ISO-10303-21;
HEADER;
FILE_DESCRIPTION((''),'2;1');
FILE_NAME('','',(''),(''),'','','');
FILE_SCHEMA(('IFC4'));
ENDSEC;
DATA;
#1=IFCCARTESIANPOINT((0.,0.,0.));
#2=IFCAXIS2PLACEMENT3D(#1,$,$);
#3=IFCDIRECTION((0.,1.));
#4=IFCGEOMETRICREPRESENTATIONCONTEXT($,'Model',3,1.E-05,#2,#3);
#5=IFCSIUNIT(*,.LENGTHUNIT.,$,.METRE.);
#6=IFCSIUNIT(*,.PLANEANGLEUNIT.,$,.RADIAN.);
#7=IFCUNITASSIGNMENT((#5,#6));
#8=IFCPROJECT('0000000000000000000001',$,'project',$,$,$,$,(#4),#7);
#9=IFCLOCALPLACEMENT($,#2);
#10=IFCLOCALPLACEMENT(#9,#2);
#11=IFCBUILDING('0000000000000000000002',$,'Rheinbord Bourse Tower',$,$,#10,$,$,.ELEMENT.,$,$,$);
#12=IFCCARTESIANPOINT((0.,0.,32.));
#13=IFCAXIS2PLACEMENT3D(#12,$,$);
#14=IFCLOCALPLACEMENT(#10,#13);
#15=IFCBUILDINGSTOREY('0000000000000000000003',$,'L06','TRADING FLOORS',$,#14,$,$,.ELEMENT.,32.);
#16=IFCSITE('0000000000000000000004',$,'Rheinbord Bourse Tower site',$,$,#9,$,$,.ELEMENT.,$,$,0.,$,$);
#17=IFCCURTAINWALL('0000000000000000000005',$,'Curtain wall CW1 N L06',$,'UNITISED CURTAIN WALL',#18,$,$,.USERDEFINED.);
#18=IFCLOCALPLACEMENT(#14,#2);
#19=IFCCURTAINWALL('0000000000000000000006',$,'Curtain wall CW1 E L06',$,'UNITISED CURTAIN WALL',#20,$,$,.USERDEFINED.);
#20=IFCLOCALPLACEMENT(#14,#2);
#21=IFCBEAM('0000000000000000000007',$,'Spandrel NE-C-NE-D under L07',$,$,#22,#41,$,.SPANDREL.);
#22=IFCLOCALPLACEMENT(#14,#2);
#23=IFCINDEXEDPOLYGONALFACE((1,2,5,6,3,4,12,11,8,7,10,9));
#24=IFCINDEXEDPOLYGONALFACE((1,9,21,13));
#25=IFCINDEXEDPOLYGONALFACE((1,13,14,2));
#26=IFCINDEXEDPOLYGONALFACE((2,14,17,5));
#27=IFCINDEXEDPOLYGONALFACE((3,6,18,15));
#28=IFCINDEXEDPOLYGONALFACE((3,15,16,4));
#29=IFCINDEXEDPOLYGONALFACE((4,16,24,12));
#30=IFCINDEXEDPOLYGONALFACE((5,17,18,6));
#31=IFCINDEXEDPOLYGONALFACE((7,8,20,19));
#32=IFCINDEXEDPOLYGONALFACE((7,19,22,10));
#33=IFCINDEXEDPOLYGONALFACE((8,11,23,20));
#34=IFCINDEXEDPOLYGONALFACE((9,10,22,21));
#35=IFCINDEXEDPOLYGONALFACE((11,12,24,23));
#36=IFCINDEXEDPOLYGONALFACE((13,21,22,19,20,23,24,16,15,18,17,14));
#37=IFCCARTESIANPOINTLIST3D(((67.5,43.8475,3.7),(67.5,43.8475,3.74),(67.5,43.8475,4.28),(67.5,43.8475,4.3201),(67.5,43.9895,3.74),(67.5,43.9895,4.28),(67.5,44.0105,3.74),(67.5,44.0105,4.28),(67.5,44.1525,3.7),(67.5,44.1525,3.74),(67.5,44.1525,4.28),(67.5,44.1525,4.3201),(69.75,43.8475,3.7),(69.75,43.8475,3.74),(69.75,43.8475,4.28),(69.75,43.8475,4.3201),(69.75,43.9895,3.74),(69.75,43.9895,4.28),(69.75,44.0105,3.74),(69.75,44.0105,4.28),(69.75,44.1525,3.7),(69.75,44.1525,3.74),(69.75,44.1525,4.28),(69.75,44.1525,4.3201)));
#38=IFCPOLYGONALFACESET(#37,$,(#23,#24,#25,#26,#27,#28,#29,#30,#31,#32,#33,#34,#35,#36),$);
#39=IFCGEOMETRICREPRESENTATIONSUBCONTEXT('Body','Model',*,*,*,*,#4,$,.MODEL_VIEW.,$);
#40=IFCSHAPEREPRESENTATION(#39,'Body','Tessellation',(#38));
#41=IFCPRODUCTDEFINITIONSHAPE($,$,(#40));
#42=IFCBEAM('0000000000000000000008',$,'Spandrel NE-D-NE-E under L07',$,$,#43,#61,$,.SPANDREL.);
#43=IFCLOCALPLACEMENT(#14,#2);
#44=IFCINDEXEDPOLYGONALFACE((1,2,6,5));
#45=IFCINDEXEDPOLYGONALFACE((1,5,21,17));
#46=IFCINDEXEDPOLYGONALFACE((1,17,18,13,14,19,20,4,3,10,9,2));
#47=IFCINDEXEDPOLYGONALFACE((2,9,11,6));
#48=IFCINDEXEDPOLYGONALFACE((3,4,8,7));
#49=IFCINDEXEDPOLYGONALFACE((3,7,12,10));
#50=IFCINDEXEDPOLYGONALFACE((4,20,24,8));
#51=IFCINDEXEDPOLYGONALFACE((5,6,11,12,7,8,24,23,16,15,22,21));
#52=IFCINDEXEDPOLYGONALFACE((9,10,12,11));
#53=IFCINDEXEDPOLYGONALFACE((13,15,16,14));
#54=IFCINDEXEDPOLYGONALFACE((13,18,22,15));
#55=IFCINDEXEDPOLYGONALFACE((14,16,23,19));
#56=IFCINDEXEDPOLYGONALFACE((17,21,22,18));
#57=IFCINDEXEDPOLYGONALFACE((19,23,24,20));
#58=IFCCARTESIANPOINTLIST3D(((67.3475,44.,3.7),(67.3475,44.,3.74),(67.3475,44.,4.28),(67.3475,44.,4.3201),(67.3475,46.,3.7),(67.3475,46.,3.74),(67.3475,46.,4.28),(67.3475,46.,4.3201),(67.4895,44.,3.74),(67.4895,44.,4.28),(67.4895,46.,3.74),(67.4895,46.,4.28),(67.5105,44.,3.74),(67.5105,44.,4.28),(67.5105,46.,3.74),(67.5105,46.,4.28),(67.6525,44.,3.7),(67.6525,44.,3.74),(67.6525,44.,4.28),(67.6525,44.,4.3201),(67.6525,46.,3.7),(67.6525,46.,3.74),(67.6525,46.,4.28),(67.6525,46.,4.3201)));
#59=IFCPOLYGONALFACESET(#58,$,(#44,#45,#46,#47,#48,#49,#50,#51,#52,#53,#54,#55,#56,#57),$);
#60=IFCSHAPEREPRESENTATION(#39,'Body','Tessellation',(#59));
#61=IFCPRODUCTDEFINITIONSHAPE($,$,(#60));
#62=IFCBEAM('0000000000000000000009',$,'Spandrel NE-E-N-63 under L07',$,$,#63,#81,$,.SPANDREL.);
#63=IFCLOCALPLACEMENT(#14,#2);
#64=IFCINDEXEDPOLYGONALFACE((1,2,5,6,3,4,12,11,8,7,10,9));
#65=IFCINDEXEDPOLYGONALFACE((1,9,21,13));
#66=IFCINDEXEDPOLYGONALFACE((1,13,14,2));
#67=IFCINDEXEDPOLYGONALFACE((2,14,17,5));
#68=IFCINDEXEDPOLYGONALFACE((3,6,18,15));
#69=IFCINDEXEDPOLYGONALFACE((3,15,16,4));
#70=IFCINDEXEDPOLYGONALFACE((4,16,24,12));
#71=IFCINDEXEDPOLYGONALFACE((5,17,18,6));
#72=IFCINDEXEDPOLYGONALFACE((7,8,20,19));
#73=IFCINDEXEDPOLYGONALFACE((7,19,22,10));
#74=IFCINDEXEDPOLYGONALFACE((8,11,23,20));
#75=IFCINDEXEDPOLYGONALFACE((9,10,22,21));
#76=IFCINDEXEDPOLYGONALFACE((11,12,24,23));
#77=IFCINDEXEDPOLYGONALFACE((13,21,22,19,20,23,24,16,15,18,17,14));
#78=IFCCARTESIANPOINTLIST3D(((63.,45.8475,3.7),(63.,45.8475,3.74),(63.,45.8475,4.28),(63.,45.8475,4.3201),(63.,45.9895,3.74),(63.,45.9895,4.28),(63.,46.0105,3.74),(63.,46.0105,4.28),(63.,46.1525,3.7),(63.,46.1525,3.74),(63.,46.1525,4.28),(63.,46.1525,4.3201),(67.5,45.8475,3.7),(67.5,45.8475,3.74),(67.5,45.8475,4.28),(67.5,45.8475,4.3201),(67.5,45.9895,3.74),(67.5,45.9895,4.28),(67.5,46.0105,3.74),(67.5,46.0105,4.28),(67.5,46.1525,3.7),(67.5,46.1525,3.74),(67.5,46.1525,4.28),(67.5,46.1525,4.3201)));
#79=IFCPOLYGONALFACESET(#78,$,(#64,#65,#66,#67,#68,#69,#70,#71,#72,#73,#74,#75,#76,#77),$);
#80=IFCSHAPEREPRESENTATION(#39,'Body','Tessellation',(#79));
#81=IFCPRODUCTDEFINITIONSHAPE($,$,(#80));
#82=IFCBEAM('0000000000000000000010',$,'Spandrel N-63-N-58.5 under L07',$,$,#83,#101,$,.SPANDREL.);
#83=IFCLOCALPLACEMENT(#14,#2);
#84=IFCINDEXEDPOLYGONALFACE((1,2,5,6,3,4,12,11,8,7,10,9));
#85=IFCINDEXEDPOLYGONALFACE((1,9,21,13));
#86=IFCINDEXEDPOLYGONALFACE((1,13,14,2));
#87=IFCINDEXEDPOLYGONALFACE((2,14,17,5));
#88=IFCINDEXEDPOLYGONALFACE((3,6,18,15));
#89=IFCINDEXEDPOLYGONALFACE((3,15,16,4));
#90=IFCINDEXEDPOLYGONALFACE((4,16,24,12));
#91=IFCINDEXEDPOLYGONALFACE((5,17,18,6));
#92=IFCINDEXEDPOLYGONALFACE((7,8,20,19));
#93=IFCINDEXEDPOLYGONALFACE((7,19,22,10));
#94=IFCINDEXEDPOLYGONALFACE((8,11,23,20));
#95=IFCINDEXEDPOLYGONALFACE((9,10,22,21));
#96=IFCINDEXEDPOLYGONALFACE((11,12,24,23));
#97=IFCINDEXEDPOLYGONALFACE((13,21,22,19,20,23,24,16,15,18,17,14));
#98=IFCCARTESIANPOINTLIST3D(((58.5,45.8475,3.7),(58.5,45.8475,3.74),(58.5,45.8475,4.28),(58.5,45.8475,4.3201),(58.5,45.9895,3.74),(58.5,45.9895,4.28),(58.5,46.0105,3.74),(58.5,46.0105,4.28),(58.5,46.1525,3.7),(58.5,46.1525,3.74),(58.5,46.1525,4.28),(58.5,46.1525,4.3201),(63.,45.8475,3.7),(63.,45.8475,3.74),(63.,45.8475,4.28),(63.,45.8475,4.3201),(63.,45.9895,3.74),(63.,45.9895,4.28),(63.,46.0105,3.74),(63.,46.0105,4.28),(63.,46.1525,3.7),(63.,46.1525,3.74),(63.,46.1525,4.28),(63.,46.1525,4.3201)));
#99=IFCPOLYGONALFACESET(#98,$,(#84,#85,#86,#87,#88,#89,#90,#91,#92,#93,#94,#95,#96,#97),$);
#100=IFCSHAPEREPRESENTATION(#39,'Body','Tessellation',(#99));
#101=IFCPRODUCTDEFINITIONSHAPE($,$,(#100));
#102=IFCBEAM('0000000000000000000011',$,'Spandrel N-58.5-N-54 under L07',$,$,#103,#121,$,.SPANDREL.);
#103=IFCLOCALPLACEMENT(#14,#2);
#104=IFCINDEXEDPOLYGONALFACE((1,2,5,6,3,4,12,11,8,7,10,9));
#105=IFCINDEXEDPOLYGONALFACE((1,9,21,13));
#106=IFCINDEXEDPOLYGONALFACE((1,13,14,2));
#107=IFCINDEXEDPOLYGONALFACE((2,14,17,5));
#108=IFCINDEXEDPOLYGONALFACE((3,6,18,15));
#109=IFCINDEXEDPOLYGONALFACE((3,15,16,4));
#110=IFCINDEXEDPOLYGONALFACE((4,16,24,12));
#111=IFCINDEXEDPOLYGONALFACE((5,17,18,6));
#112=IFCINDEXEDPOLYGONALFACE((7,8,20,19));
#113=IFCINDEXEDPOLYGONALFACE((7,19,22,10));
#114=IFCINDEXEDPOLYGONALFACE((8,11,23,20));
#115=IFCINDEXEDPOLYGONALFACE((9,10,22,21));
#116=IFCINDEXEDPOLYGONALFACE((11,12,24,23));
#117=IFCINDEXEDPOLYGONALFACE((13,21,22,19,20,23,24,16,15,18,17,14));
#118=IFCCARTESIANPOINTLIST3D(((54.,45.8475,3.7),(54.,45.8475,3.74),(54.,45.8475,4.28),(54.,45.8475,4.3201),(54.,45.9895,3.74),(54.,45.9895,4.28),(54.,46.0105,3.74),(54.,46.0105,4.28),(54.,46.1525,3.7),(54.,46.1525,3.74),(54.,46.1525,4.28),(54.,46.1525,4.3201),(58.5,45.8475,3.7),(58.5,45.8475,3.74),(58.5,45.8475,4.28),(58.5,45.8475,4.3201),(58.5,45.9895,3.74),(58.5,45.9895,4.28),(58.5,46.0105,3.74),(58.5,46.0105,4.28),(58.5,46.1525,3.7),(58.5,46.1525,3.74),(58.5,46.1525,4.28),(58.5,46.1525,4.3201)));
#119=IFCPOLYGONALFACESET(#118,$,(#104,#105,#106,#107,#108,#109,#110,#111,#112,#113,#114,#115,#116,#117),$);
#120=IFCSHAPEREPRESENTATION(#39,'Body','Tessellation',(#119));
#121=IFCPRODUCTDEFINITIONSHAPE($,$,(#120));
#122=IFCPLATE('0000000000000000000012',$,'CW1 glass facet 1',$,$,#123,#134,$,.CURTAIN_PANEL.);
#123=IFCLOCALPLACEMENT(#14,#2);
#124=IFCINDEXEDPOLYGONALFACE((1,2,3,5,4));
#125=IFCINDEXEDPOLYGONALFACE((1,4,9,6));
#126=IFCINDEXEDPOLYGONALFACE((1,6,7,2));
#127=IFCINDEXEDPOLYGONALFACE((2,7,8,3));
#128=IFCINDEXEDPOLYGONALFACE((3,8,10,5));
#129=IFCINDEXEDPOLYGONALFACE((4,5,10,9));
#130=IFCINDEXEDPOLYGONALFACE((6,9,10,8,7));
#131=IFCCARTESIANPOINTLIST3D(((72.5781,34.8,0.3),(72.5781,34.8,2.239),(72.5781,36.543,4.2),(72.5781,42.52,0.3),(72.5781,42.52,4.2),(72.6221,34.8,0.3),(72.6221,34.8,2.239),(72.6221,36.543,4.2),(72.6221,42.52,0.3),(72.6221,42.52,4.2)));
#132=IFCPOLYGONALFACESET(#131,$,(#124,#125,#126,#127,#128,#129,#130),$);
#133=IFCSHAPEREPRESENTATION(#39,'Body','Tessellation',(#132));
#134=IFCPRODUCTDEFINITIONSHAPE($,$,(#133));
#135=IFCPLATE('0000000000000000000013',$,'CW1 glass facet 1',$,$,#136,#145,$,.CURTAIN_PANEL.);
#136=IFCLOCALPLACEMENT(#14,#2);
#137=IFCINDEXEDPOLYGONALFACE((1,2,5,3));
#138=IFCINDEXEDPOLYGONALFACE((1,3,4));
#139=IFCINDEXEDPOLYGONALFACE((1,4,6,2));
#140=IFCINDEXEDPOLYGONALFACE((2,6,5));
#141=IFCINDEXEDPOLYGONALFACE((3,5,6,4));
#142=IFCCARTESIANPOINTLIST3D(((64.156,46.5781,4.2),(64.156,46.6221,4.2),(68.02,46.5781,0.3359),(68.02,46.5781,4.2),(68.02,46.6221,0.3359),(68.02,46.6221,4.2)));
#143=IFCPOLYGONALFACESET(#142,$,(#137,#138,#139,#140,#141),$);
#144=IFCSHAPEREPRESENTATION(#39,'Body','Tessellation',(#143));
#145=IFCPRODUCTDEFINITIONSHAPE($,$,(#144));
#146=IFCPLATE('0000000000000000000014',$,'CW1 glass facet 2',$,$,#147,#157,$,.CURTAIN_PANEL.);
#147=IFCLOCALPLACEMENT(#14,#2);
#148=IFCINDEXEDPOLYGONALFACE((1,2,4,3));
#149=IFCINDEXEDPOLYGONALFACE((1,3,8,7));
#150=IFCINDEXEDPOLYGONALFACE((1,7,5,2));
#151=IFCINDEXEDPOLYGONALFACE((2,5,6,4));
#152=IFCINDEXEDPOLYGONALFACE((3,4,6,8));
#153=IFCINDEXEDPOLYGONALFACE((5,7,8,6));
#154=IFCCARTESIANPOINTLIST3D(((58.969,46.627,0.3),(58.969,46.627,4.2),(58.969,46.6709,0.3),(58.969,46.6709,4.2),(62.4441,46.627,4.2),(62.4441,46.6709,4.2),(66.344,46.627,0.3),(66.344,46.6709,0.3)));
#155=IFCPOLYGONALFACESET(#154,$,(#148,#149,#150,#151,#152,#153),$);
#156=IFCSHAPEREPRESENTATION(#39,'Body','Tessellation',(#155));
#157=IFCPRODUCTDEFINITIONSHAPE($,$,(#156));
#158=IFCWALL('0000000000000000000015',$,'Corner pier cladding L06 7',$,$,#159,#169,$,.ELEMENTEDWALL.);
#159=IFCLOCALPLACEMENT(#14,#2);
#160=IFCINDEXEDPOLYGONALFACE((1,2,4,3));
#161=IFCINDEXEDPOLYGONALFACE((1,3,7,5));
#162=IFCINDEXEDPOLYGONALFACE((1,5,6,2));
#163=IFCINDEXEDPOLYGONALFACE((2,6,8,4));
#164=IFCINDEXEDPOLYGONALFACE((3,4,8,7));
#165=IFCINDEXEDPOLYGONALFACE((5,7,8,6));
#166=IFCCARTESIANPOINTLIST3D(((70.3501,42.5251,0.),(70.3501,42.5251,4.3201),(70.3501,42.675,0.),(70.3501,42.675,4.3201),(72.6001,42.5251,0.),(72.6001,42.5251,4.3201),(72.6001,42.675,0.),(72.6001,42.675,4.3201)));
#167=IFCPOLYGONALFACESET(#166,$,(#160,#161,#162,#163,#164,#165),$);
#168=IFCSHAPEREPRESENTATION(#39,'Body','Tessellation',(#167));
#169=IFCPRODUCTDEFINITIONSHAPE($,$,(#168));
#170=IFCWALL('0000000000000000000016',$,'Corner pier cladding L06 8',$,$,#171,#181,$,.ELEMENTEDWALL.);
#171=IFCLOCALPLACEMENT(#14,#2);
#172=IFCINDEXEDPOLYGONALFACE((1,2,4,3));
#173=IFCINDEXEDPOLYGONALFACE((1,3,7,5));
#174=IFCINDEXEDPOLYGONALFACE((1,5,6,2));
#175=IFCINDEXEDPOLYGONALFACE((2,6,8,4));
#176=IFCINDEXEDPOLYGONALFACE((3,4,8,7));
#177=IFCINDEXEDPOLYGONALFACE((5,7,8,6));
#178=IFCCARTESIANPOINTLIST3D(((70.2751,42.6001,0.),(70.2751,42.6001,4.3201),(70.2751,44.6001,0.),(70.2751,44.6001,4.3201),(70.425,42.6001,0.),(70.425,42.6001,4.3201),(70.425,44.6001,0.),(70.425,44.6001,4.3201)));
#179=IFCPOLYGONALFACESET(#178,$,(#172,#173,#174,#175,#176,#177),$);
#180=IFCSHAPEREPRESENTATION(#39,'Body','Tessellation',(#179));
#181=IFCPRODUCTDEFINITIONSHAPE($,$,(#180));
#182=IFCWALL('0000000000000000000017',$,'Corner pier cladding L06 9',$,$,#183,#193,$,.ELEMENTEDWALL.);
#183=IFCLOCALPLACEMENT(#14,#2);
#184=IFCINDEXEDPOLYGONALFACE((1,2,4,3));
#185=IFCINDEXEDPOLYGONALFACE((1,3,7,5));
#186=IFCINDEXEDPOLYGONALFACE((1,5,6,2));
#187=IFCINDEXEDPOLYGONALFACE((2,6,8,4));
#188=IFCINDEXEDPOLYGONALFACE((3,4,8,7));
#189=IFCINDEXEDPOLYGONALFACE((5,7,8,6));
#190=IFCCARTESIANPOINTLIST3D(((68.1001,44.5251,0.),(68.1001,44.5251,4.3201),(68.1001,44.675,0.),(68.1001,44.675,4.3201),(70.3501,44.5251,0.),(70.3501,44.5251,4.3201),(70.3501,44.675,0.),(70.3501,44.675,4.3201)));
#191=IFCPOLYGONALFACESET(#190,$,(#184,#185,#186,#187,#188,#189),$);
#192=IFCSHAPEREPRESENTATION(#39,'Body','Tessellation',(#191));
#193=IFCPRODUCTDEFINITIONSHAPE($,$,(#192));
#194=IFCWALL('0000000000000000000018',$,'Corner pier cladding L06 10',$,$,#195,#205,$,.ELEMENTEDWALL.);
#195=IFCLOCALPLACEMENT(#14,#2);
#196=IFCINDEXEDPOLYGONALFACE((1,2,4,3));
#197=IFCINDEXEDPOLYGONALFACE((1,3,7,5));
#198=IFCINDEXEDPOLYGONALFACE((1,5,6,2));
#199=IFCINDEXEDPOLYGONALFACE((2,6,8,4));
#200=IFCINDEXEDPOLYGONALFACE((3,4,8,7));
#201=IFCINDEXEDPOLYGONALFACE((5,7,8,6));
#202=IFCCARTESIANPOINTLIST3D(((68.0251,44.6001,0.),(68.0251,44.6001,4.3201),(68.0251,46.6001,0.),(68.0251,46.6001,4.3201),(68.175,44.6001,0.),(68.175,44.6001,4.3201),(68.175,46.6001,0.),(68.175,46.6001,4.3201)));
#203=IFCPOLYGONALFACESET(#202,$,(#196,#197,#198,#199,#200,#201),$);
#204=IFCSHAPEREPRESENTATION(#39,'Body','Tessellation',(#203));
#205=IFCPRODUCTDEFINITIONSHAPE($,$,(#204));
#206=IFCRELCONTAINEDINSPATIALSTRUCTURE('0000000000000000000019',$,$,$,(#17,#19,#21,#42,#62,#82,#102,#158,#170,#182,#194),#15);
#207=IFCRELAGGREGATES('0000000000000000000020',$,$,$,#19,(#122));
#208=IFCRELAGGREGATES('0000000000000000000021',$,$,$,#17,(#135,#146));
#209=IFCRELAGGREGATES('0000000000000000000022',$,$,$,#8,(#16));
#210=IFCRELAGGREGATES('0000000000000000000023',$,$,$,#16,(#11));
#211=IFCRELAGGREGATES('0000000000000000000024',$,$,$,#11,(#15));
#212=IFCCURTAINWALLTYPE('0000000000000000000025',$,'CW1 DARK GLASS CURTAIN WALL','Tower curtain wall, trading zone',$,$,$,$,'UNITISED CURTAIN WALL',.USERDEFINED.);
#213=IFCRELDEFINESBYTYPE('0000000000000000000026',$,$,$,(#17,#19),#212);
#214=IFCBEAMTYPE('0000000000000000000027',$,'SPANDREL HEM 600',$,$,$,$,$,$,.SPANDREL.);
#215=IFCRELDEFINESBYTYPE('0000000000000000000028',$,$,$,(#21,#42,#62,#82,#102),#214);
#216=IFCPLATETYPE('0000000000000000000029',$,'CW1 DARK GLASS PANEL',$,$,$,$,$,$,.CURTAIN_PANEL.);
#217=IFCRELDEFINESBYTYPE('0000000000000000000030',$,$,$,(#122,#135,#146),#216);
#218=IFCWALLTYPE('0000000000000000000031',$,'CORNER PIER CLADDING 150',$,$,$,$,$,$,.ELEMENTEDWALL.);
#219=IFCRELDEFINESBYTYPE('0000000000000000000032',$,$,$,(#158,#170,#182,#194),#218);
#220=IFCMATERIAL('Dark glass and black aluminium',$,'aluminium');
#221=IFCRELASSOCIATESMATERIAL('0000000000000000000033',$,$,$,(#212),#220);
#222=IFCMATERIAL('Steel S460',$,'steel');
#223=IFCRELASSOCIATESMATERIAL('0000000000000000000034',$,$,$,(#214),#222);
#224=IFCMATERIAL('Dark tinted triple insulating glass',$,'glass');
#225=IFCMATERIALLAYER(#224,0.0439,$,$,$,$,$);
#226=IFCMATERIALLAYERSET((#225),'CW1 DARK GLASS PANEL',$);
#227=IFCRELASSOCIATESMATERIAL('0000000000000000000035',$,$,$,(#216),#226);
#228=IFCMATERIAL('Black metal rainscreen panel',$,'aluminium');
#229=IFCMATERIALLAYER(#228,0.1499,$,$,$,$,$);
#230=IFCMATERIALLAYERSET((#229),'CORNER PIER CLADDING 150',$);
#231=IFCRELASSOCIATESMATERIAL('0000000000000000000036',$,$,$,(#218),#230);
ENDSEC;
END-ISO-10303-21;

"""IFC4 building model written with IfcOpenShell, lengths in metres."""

from ifc_helpers import new_model, si_unit, direction, frame, frame_2d, origin, origin_2d, place, context, subcontext, project, spatial, polyline, rectangle, i_section, outline, extrude, material, layer, layer_set, material_profile, profile_set, type_object, element, aggregate, save


model = new_model("IFC4")

# Units and contexts
model_context = context("Model", 3, precision=1e-05, world=origin(), true_north=direction((0.0, 1.0)))
body_context = subcontext(model_context, "Body", "Model", "MODEL_VIEW")
ifc_project = project(units=[si_unit("LENGTHUNIT", "METRE"), si_unit("PLANEANGLEUNIT", "RADIAN")], contexts=[model_context])

# Site, building, storey
site_placement = place(None, origin())
site = spatial("IfcSite", under=ifc_project, at=site_placement, Name="Rheinbord Bourse Tower site", CompositionType="ELEMENT", RefElevation=0.0)
building_placement = place(site_placement, origin())
building = spatial("IfcBuilding", under=site, at=building_placement, Name="Rheinbord Bourse Tower", CompositionType="ELEMENT")
storey_placement = place(building_placement, frame((0.0, 0.0, 32.0)))
storey = spatial("IfcBuildingStorey", under=building, at=storey_placement, Name="L06", Description="TRADING FLOORS", CompositionType="ELEMENT", Elevation=32.0)

# Curtain walls
ifc_material_1 = material(Name="Dark glass and black aluminium", Category="aluminium")
curtain_wall_type = type_object("IfcCurtainWallType", Name="CW1 DARK GLASS CURTAIN WALL", Description="Tower curtain wall, trading zone", ElementType="UNITISED CURTAIN WALL", PredefinedType="USERDEFINED", material=ifc_material_1)
curtain_wall_1_placement = place(storey_placement, origin())
curtain_wall_1 = element("IfcCurtainWall", 1, at=curtain_wall_1_placement, inside=storey, type_object=curtain_wall_type, Name="Curtain wall CW1 N L06", ObjectType="UNITISED CURTAIN WALL", PredefinedType="USERDEFINED")
curtain_wall_2_placement = place(storey_placement, origin())
curtain_wall_2 = element("IfcCurtainWall", 2, at=curtain_wall_2_placement, inside=storey, type_object=curtain_wall_type, Name="Curtain wall CW1 E L06", ObjectType="UNITISED CURTAIN WALL", PredefinedType="USERDEFINED")

# Beams
ifc_material_2 = material(Name="Steel S460", Category="steel")
ifc_material_profile_1 = material_profile(ifc_material_2, i_section(OverallWidth=0.3049, OverallDepth=0.6201, WebThickness=0.021, FlangeThickness=0.04, at=origin_2d()), Name="HEM 600")
ifc_profile_set_1 = profile_set([ifc_material_profile_1], Name="Steel S460")
beam_type_1 = type_object("IfcBeamType", Name="SPANDREL HEM 600", PredefinedType="SPANDREL", material=ifc_profile_set_1)
beam_1_placement = place(storey_placement, frame((69.75, 44.0, 4.01), z_axis=(-1.0, 0.0, 0.0), x_axis=(0.0, -1.0, 0.0)))
element("IfcBeam", 3, at=beam_1_placement, inside=storey, type_object=beam_type_1, Name="Spandrel NE-C-NE-D under L07", PredefinedType="SPANDREL", context=body_context, shape_type="SweptSolid", body=[
    extrude(i_section(OverallWidth=0.3049, OverallDepth=0.6201, WebThickness=0.021, FlangeThickness=0.04, at=origin_2d()), origin(), (0.0, 0.0, 1.0), 2.25),
])
beam_2_placement = place(storey_placement, frame((67.5, 44.0, 4.01), z_axis=(0.0, 1.0, 0.0), x_axis=(-1.0, 0.0, 0.0)))
element("IfcBeam", 4, at=beam_2_placement, inside=storey, type_object=beam_type_1, Name="Spandrel NE-D-NE-E under L07", PredefinedType="SPANDREL", context=body_context, shape_type="SweptSolid", body=[
    extrude(i_section(OverallWidth=0.3049, OverallDepth=0.6201, WebThickness=0.021, FlangeThickness=0.04, at=origin_2d()), origin(), (0.0, 0.0, 1.0), 2.0),
])
for number, where, z_axis, x_axis, name in (
    (5, (67.5, 46.0, 4.01), (-1.0, 0.0, 0.0), (0.0, -1.0, 0.0), "Spandrel NE-E-N-63 under L07"),
    (6, (63.0, 46.0, 4.01), (-1.0, 0.0, 0.0), (0.0, -1.0, 0.0), "Spandrel N-63-N-58.5 under L07"),
    (7, (58.5, 46.0, 4.01), (-1.0, 0.0, 0.0), (0.0, -1.0, 0.0), "Spandrel N-58.5-N-54 under L07"),
):
    element("IfcBeam", number, at=place(storey_placement, frame(where, z_axis=z_axis, x_axis=x_axis)), inside=storey, type_object=beam_type_1, Name=name, PredefinedType="SPANDREL", context=body_context, shape_type="SweptSolid", body=[
        extrude(i_section(OverallWidth=0.3049, OverallDepth=0.6201, WebThickness=0.021, FlangeThickness=0.04, at=origin_2d()), origin(), (0.0, 0.0, 1.0), 4.5),
    ])

# Plates
ifc_material_3 = material(Name="Dark tinted triple insulating glass", Category="glass")
ifc_layer_1 = layer(ifc_material_3, 0.0439)
ifc_layer_set_1 = layer_set([ifc_layer_1], Name="CW1 DARK GLASS PANEL")
plate_type = type_object("IfcPlateType", Name="CW1 DARK GLASS PANEL", PredefinedType="CURTAIN_PANEL", material=ifc_layer_set_1)
plate_1_placement = place(storey_placement, frame((72.6221, 42.52, 4.2), z_axis=(-1.0, 0.0, 0.0), x_axis=(0.0, 0.0, -1.0)))
plate_1 = element("IfcPlate", 8, at=plate_1_placement, type_object=plate_type, Name="CW1 glass facet 1", PredefinedType="CURTAIN_PANEL", context=body_context, shape_type="SweptSolid", body=[
    extrude(outline(polyline([(0.0, 0.0), (3.8999, 0.0), (3.8999, 7.72), (1.9609, 7.72), (0.0, 5.9771), (0.0, 0.0)])), origin(), (0.0, 0.0, 1.0), 0.0439),
])
aggregate(curtain_wall_2, [plate_1])
plate_2_placement = place(storey_placement, frame((68.02, 46.6221, 4.2), z_axis=(0.0, -1.0, 0.0), x_axis=(-1.0, 0.0, 0.0)))
plate_2 = element("IfcPlate", 9, at=plate_2_placement, type_object=plate_type, Name="CW1 glass facet 1", PredefinedType="CURTAIN_PANEL", context=body_context, shape_type="SweptSolid", body=[
    extrude(outline(polyline([(0.0, 0.0), (3.864, 0.0), (0.0, 3.864), (0.0, 0.0)])), origin(), (0.0, 0.0, 1.0), 0.0439),
])
plate_3_placement = place(storey_placement, frame((58.969, 46.6709, 4.2), z_axis=(0.0, -1.0, 0.0), x_axis=(0.0, 0.0, -1.0)))
plate_3 = element("IfcPlate", 10, at=plate_3_placement, type_object=plate_type, Name="CW1 glass facet 2", PredefinedType="CURTAIN_PANEL", context=body_context, shape_type="SweptSolid", body=[
    extrude(outline(polyline([(0.0, 0.0), (3.8999, 0.0), (3.8999, 7.375), (0.0, 3.4751), (0.0, 0.0)])), origin(), (0.0, 0.0, 1.0), 0.0439),
])
aggregate(curtain_wall_1, [plate_2, plate_3])

# Walls
ifc_material_4 = material(Name="Black metal rainscreen panel", Category="aluminium")
ifc_layer_2 = layer(ifc_material_4, 0.1499)
ifc_layer_set_2 = layer_set([ifc_layer_2], Name="CORNER PIER CLADDING 150")
wall_type = type_object("IfcWallType", Name="CORNER PIER CLADDING 150", PredefinedType="ELEMENTEDWALL", material=ifc_layer_set_2)
wall_1_placement = place(storey_placement, frame((72.6001, 42.6001, 0.0), z_axis=(0.0, 0.0, 1.0), x_axis=(-1.0, 0.0, 0.0)))
element("IfcWall", 11, at=wall_1_placement, inside=storey, type_object=wall_type, Name="Corner pier cladding L06 7", PredefinedType="ELEMENTEDWALL", context=body_context, shape_type="SweptSolid", body=[
    extrude(rectangle(XDim=2.25, YDim=0.1499, at=frame_2d((1.125, 0.0))), origin(), (0.0, 0.0, 1.0), 4.3201),
])
wall_2_placement = place(storey_placement, frame((70.3501, 42.6001, 0.0), z_axis=(0.0, 0.0, 1.0), x_axis=(0.0, 1.0, 0.0)))
element("IfcWall", 12, at=wall_2_placement, inside=storey, type_object=wall_type, Name="Corner pier cladding L06 8", PredefinedType="ELEMENTEDWALL", context=body_context, shape_type="SweptSolid", body=[
    extrude(rectangle(XDim=2.0, YDim=0.1499, at=frame_2d((1.0, 0.0))), origin(), (0.0, 0.0, 1.0), 4.3201),
])
wall_3_placement = place(storey_placement, frame((70.3501, 44.6001, 0.0), z_axis=(0.0, 0.0, 1.0), x_axis=(-1.0, 0.0, 0.0)))
element("IfcWall", 13, at=wall_3_placement, inside=storey, type_object=wall_type, Name="Corner pier cladding L06 9", PredefinedType="ELEMENTEDWALL", context=body_context, shape_type="SweptSolid", body=[
    extrude(rectangle(XDim=2.25, YDim=0.1499, at=frame_2d((1.125, 0.0))), origin(), (0.0, 0.0, 1.0), 4.3201),
])
wall_4_placement = place(storey_placement, frame((68.1001, 44.6001, 0.0), z_axis=(0.0, 0.0, 1.0), x_axis=(0.0, 1.0, 0.0)))
element("IfcWall", 14, at=wall_4_placement, inside=storey, type_object=wall_type, Name="Corner pier cladding L06 10", PredefinedType="ELEMENTEDWALL", context=body_context, shape_type="SweptSolid", body=[
    extrude(rectangle(XDim=2.0, YDim=0.1499, at=frame_2d((1.0, 0.0))), origin(), (0.0, 0.0, 1.0), 4.3201),
])

save(model, "model.ifc")
